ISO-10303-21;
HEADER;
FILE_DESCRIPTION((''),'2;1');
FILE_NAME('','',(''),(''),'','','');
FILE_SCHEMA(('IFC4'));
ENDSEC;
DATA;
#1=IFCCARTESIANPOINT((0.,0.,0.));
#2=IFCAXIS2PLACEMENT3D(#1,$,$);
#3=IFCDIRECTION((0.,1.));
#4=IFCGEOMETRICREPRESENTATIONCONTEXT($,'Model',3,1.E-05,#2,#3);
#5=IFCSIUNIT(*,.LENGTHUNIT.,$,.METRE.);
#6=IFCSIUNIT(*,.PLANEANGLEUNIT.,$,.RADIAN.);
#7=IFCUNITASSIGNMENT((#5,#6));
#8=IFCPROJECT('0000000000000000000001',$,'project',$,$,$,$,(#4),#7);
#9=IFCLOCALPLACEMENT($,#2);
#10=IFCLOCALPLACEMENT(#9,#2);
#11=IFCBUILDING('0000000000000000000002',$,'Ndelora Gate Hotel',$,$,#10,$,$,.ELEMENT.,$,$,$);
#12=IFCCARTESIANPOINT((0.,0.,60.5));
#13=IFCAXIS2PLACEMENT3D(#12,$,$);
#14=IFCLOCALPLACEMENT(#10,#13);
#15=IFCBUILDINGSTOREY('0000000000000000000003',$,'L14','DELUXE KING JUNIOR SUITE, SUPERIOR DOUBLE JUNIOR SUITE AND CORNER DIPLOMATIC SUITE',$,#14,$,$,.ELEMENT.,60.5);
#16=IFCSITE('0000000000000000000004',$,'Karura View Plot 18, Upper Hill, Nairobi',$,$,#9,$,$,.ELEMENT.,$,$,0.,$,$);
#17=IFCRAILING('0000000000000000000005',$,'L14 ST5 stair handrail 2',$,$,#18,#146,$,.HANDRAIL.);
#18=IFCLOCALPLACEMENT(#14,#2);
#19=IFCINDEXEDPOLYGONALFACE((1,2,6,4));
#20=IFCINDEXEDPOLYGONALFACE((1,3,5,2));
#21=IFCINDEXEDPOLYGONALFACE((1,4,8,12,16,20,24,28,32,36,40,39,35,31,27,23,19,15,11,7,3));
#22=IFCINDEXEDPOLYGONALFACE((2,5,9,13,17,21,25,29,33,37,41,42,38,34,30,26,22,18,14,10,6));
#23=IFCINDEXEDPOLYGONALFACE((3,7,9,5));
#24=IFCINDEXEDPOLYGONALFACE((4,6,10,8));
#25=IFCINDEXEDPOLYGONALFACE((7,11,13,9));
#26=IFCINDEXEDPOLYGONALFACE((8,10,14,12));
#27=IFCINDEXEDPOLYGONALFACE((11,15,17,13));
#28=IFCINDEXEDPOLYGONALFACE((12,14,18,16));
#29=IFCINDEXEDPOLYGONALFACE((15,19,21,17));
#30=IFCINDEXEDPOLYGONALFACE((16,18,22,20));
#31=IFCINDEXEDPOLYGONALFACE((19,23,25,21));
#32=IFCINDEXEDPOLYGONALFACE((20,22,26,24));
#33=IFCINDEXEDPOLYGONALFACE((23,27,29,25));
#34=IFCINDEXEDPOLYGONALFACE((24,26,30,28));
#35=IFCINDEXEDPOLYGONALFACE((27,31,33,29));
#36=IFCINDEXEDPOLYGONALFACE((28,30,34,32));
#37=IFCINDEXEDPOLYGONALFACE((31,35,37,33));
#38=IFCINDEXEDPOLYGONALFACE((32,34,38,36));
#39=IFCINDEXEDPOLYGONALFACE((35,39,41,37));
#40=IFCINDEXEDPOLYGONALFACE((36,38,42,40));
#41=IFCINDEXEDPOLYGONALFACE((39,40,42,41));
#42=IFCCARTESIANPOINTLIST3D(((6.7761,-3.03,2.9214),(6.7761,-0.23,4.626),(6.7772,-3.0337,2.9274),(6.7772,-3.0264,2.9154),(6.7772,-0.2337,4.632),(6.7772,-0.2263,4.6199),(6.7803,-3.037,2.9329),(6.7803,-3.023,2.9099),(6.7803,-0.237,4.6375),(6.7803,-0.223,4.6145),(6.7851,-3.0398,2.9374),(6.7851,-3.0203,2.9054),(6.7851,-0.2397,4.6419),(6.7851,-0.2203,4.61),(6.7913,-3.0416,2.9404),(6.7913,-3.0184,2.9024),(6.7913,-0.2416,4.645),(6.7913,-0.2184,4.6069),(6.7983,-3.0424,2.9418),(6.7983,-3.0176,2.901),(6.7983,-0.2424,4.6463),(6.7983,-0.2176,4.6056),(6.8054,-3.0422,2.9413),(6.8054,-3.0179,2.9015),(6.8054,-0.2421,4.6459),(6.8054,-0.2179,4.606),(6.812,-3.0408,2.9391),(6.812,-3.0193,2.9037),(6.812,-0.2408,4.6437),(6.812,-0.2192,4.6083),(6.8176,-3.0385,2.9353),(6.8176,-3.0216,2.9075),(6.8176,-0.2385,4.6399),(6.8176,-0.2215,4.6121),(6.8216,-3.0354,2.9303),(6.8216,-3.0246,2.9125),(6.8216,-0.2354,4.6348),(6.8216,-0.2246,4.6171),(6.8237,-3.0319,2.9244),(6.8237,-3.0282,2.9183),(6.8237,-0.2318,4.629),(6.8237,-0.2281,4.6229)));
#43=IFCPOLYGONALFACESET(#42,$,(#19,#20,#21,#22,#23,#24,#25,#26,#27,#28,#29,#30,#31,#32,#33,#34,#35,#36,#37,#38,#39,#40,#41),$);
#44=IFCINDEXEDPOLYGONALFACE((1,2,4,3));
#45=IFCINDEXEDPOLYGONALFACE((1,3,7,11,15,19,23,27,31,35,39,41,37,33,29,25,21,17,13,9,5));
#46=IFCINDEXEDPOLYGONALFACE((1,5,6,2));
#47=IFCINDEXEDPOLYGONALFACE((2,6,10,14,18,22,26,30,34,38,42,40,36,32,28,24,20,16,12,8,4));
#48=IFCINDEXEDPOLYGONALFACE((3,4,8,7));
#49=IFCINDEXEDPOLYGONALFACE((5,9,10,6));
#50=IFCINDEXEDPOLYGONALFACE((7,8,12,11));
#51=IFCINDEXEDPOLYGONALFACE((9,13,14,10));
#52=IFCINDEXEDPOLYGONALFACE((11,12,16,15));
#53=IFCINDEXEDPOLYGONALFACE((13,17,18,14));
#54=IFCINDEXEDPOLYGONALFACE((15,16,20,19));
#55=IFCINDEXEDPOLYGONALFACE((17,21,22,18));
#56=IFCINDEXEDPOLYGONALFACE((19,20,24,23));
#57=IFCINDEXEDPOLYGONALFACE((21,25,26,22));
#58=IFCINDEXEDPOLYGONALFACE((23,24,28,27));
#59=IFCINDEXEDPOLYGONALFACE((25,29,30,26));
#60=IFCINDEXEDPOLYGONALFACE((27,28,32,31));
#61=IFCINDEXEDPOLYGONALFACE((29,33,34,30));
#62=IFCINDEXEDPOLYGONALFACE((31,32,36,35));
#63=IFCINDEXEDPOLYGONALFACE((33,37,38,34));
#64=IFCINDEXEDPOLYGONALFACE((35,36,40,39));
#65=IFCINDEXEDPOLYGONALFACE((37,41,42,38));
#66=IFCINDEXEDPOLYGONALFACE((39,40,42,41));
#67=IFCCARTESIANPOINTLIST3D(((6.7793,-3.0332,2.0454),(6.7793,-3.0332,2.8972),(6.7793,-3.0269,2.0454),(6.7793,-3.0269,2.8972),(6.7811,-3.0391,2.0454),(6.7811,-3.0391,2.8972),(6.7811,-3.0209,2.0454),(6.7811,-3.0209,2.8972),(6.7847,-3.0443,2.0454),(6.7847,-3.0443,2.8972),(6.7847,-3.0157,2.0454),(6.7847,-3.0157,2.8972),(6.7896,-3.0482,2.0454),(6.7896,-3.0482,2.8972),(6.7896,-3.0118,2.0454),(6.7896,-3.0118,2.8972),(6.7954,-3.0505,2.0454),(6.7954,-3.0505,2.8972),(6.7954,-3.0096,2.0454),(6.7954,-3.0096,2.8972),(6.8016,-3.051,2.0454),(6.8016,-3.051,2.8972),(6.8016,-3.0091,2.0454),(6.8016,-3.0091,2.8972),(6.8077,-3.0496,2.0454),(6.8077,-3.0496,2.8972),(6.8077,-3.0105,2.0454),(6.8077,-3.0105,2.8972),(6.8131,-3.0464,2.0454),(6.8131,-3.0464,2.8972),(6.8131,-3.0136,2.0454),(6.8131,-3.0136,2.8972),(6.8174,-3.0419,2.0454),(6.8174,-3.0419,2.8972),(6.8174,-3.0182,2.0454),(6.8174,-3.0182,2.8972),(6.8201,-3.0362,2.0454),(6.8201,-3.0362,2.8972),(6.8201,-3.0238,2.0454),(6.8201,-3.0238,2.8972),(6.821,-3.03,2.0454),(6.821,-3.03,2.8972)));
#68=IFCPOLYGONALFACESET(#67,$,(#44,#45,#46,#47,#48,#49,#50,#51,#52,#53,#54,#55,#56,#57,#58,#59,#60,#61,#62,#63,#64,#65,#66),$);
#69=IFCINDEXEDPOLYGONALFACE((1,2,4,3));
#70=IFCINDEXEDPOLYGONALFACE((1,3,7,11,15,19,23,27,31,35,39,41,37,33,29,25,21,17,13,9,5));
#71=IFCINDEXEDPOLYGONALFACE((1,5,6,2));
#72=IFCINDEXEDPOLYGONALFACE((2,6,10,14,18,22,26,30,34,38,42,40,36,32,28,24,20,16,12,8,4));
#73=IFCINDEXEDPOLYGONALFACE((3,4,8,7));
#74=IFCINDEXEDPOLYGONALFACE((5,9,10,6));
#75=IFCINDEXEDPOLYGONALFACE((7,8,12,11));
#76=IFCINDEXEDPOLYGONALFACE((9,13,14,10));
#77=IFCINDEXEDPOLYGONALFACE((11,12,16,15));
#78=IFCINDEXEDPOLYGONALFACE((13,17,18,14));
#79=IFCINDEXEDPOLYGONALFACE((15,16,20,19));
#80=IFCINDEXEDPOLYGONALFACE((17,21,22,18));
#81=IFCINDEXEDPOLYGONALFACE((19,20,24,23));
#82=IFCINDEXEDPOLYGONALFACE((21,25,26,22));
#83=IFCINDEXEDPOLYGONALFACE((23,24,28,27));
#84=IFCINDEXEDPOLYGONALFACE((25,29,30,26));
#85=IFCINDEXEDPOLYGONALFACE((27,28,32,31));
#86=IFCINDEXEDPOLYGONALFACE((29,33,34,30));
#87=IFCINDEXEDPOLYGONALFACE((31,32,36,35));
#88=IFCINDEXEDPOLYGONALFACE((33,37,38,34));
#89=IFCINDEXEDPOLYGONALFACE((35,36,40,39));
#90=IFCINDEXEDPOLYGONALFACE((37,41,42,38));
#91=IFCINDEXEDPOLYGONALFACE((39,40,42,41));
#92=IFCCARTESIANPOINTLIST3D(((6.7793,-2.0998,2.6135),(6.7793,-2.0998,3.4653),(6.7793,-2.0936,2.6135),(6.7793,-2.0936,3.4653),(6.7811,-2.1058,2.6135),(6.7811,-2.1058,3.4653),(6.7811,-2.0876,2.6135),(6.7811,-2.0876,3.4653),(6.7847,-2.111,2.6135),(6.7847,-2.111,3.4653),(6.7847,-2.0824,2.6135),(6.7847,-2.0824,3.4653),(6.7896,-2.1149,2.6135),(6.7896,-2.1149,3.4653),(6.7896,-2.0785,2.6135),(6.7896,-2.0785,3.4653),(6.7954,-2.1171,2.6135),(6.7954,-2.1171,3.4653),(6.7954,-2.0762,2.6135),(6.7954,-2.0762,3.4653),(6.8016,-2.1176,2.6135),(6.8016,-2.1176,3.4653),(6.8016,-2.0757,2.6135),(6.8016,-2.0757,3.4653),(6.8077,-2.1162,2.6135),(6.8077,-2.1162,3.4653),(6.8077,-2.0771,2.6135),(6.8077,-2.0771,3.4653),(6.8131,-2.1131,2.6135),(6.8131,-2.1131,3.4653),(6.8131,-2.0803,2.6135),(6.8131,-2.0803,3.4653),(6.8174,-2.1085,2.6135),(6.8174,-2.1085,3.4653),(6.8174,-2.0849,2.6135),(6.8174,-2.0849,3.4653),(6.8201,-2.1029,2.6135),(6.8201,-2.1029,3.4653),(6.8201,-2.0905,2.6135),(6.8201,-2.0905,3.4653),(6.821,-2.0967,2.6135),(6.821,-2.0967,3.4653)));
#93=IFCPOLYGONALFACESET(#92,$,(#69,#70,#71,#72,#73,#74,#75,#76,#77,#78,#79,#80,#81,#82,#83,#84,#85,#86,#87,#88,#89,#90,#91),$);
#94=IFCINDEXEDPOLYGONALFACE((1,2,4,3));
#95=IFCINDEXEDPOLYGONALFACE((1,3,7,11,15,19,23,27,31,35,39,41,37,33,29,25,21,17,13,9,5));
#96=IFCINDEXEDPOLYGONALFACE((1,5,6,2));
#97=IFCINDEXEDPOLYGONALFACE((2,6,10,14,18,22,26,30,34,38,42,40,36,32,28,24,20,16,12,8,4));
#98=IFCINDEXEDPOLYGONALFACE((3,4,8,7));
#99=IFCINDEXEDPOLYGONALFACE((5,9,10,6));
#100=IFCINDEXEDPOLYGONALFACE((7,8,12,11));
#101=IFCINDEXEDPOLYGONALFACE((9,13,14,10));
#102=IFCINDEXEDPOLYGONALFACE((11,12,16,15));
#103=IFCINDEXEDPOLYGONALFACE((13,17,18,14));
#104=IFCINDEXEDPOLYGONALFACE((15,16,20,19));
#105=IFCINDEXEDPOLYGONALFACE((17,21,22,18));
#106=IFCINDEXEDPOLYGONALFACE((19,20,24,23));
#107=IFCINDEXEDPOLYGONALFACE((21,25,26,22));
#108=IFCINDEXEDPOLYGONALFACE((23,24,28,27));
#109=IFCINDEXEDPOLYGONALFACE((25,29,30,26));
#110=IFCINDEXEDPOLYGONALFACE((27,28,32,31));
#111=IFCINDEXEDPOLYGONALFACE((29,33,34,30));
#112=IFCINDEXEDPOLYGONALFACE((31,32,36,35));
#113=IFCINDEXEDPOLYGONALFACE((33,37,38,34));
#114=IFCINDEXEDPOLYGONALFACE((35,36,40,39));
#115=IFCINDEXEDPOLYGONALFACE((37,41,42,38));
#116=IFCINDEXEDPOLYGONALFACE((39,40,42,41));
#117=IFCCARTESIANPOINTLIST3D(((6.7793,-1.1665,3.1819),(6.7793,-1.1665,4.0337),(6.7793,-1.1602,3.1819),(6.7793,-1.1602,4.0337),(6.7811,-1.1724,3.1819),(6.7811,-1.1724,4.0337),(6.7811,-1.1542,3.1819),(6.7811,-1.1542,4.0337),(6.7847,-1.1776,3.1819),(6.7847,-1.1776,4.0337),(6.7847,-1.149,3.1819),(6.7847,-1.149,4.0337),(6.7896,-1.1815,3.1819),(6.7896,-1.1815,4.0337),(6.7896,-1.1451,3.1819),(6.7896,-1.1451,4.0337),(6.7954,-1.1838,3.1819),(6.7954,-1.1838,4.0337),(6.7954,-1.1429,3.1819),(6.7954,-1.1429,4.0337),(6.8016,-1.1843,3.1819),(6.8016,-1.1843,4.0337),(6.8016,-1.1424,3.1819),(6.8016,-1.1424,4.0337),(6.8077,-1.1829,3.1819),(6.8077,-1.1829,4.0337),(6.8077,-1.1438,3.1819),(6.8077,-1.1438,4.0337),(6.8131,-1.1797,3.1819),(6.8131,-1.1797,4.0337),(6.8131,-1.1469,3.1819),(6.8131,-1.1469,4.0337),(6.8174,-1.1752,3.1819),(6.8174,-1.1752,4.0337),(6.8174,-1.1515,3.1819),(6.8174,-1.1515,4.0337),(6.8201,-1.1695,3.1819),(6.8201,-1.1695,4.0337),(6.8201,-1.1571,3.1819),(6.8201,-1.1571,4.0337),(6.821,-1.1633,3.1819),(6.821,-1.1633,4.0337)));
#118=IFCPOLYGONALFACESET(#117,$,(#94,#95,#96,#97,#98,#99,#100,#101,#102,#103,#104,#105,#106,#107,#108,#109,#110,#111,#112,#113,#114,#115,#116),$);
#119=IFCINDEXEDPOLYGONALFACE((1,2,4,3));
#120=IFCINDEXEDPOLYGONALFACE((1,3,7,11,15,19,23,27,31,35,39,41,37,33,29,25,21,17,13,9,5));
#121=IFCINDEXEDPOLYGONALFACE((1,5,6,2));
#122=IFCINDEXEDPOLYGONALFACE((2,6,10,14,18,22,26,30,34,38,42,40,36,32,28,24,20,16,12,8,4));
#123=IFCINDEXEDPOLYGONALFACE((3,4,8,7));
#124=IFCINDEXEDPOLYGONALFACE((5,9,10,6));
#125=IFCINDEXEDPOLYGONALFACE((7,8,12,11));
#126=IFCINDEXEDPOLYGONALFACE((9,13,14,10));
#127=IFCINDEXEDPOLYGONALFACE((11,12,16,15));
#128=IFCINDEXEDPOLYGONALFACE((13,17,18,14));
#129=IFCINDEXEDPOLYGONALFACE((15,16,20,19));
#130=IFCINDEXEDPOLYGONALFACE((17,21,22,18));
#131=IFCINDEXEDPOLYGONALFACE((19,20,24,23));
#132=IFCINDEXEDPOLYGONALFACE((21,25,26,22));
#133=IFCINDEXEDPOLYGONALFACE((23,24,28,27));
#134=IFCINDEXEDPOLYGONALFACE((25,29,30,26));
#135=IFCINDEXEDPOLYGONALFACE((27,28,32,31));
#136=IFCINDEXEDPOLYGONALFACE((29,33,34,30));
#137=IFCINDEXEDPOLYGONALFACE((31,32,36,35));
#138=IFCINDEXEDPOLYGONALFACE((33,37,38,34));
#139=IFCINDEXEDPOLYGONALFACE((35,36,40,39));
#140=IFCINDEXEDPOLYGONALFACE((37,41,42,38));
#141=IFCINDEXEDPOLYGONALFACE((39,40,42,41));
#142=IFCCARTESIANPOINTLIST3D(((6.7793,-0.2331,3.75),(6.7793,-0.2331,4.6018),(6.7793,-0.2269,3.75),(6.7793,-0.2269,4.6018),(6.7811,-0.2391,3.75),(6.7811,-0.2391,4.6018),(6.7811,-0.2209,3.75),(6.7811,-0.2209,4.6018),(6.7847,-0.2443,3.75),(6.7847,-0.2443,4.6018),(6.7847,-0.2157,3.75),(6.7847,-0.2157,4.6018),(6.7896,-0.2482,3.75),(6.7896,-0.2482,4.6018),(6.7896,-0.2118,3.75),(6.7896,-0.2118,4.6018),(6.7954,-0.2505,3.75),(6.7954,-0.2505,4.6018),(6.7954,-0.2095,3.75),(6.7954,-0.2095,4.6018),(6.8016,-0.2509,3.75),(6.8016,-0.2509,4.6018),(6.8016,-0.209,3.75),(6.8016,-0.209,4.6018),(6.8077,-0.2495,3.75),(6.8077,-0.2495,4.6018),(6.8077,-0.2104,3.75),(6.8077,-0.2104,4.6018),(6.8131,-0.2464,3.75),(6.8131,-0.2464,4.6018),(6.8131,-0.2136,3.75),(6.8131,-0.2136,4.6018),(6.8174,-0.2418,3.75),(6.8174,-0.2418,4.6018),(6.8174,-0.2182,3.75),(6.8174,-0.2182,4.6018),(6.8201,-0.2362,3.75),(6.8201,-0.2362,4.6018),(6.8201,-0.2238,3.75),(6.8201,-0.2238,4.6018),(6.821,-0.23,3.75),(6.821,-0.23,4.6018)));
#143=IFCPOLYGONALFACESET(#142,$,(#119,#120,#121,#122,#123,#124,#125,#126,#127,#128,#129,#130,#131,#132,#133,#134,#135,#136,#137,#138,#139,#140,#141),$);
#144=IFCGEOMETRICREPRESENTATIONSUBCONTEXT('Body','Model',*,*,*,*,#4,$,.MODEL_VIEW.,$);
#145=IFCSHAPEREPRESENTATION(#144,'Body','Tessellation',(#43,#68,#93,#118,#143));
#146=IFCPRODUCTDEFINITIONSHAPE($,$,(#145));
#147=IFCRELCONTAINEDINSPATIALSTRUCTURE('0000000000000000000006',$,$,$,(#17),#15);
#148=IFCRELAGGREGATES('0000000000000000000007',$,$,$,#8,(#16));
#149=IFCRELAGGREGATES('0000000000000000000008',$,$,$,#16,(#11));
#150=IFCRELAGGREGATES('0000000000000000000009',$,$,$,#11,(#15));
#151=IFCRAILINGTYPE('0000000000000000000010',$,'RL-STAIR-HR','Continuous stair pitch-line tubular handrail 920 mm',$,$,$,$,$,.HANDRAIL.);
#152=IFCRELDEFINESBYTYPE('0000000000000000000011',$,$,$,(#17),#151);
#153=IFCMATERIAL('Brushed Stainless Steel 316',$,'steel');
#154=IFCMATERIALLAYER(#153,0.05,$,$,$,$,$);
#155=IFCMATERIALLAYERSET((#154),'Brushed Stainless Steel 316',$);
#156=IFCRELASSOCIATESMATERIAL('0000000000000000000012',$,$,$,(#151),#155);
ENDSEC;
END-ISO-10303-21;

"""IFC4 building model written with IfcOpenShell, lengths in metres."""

from ifc_helpers import new_model, si_unit, direction, frame, origin, origin_2d, place, context, subcontext, project, spatial, circle, extrude, material, layer, layer_set, type_object, element, save


model = new_model("IFC4")

# Units and contexts
model_context = context("Model", 3, precision=1e-05, world=origin(), true_north=direction((0.0, 1.0)))
body_context = subcontext(model_context, "Body", "Model", "MODEL_VIEW")
ifc_project = project(units=[si_unit("LENGTHUNIT", "METRE"), si_unit("PLANEANGLEUNIT", "RADIAN")], contexts=[model_context])

# Site, building, storey
site_placement = place(None, origin())
site = spatial("IfcSite", under=ifc_project, at=site_placement, Name="Karura View Plot 18, Upper Hill, Nairobi", CompositionType="ELEMENT", RefElevation=0.0)
building_placement = place(site_placement, origin())
building = spatial("IfcBuilding", under=site, at=building_placement, Name="Ndelora Gate Hotel", CompositionType="ELEMENT")
storey_placement = place(building_placement, frame((0.0, 0.0, 60.5)))
storey = spatial("IfcBuildingStorey", under=building, at=storey_placement, Name="L14", Description="DELUXE KING JUNIOR SUITE, SUPERIOR DOUBLE JUNIOR SUITE AND CORNER DIPLOMATIC SUITE", CompositionType="ELEMENT", Elevation=60.5)

# Railing
ifc_material_1 = material(Name="Brushed Stainless Steel 316", Category="steel")
ifc_layer_1 = layer(ifc_material_1, 0.05)
ifc_layer_set_1 = layer_set([ifc_layer_1], Name="Brushed Stainless Steel 316")
railing_type_1 = type_object("IfcRailingType", Name="RL-STAIR-HR", Description="Continuous stair pitch-line tubular handrail 920 mm", PredefinedType="HANDRAIL", material=ifc_layer_set_1)
railing_1_placement = place(storey_placement, frame((6.8, -3.03, 2.0454)))
element("IfcRailing", 1, at=railing_1_placement, inside=storey, type_object=railing_type_1, Name="L14 ST5 stair handrail 2", PredefinedType="HANDRAIL", context=body_context, shape_type="SweptSolid", body=[
    extrude(circle(Radius=0.0239, at=origin_2d()), frame((0.0, 0.0, 0.876), z_axis=(0.0, 0.85417, 0.519994), x_axis=(-1.0, 0.0, 0.0)), (0.0, 0.0, 1.0), 3.2781),
    extrude(circle(Radius=0.021, at=origin_2d()), origin(), (0.0, 0.0, 1.0), 0.8518),
    extrude(circle(Radius=0.021, at=origin_2d()), frame((0.0, 0.9333, 0.5681)), (0.0, 0.0, 1.0), 0.8518),
    extrude(circle(Radius=0.021, at=origin_2d()), frame((0.0, 1.8667, 1.1365)), (0.0, 0.0, 1.0), 0.8518),
    extrude(circle(Radius=0.021, at=origin_2d()), frame((0.0, 2.8, 1.7046)), (0.0, 0.0, 1.0), 0.8518),
])

save(model, "model.ifc")
